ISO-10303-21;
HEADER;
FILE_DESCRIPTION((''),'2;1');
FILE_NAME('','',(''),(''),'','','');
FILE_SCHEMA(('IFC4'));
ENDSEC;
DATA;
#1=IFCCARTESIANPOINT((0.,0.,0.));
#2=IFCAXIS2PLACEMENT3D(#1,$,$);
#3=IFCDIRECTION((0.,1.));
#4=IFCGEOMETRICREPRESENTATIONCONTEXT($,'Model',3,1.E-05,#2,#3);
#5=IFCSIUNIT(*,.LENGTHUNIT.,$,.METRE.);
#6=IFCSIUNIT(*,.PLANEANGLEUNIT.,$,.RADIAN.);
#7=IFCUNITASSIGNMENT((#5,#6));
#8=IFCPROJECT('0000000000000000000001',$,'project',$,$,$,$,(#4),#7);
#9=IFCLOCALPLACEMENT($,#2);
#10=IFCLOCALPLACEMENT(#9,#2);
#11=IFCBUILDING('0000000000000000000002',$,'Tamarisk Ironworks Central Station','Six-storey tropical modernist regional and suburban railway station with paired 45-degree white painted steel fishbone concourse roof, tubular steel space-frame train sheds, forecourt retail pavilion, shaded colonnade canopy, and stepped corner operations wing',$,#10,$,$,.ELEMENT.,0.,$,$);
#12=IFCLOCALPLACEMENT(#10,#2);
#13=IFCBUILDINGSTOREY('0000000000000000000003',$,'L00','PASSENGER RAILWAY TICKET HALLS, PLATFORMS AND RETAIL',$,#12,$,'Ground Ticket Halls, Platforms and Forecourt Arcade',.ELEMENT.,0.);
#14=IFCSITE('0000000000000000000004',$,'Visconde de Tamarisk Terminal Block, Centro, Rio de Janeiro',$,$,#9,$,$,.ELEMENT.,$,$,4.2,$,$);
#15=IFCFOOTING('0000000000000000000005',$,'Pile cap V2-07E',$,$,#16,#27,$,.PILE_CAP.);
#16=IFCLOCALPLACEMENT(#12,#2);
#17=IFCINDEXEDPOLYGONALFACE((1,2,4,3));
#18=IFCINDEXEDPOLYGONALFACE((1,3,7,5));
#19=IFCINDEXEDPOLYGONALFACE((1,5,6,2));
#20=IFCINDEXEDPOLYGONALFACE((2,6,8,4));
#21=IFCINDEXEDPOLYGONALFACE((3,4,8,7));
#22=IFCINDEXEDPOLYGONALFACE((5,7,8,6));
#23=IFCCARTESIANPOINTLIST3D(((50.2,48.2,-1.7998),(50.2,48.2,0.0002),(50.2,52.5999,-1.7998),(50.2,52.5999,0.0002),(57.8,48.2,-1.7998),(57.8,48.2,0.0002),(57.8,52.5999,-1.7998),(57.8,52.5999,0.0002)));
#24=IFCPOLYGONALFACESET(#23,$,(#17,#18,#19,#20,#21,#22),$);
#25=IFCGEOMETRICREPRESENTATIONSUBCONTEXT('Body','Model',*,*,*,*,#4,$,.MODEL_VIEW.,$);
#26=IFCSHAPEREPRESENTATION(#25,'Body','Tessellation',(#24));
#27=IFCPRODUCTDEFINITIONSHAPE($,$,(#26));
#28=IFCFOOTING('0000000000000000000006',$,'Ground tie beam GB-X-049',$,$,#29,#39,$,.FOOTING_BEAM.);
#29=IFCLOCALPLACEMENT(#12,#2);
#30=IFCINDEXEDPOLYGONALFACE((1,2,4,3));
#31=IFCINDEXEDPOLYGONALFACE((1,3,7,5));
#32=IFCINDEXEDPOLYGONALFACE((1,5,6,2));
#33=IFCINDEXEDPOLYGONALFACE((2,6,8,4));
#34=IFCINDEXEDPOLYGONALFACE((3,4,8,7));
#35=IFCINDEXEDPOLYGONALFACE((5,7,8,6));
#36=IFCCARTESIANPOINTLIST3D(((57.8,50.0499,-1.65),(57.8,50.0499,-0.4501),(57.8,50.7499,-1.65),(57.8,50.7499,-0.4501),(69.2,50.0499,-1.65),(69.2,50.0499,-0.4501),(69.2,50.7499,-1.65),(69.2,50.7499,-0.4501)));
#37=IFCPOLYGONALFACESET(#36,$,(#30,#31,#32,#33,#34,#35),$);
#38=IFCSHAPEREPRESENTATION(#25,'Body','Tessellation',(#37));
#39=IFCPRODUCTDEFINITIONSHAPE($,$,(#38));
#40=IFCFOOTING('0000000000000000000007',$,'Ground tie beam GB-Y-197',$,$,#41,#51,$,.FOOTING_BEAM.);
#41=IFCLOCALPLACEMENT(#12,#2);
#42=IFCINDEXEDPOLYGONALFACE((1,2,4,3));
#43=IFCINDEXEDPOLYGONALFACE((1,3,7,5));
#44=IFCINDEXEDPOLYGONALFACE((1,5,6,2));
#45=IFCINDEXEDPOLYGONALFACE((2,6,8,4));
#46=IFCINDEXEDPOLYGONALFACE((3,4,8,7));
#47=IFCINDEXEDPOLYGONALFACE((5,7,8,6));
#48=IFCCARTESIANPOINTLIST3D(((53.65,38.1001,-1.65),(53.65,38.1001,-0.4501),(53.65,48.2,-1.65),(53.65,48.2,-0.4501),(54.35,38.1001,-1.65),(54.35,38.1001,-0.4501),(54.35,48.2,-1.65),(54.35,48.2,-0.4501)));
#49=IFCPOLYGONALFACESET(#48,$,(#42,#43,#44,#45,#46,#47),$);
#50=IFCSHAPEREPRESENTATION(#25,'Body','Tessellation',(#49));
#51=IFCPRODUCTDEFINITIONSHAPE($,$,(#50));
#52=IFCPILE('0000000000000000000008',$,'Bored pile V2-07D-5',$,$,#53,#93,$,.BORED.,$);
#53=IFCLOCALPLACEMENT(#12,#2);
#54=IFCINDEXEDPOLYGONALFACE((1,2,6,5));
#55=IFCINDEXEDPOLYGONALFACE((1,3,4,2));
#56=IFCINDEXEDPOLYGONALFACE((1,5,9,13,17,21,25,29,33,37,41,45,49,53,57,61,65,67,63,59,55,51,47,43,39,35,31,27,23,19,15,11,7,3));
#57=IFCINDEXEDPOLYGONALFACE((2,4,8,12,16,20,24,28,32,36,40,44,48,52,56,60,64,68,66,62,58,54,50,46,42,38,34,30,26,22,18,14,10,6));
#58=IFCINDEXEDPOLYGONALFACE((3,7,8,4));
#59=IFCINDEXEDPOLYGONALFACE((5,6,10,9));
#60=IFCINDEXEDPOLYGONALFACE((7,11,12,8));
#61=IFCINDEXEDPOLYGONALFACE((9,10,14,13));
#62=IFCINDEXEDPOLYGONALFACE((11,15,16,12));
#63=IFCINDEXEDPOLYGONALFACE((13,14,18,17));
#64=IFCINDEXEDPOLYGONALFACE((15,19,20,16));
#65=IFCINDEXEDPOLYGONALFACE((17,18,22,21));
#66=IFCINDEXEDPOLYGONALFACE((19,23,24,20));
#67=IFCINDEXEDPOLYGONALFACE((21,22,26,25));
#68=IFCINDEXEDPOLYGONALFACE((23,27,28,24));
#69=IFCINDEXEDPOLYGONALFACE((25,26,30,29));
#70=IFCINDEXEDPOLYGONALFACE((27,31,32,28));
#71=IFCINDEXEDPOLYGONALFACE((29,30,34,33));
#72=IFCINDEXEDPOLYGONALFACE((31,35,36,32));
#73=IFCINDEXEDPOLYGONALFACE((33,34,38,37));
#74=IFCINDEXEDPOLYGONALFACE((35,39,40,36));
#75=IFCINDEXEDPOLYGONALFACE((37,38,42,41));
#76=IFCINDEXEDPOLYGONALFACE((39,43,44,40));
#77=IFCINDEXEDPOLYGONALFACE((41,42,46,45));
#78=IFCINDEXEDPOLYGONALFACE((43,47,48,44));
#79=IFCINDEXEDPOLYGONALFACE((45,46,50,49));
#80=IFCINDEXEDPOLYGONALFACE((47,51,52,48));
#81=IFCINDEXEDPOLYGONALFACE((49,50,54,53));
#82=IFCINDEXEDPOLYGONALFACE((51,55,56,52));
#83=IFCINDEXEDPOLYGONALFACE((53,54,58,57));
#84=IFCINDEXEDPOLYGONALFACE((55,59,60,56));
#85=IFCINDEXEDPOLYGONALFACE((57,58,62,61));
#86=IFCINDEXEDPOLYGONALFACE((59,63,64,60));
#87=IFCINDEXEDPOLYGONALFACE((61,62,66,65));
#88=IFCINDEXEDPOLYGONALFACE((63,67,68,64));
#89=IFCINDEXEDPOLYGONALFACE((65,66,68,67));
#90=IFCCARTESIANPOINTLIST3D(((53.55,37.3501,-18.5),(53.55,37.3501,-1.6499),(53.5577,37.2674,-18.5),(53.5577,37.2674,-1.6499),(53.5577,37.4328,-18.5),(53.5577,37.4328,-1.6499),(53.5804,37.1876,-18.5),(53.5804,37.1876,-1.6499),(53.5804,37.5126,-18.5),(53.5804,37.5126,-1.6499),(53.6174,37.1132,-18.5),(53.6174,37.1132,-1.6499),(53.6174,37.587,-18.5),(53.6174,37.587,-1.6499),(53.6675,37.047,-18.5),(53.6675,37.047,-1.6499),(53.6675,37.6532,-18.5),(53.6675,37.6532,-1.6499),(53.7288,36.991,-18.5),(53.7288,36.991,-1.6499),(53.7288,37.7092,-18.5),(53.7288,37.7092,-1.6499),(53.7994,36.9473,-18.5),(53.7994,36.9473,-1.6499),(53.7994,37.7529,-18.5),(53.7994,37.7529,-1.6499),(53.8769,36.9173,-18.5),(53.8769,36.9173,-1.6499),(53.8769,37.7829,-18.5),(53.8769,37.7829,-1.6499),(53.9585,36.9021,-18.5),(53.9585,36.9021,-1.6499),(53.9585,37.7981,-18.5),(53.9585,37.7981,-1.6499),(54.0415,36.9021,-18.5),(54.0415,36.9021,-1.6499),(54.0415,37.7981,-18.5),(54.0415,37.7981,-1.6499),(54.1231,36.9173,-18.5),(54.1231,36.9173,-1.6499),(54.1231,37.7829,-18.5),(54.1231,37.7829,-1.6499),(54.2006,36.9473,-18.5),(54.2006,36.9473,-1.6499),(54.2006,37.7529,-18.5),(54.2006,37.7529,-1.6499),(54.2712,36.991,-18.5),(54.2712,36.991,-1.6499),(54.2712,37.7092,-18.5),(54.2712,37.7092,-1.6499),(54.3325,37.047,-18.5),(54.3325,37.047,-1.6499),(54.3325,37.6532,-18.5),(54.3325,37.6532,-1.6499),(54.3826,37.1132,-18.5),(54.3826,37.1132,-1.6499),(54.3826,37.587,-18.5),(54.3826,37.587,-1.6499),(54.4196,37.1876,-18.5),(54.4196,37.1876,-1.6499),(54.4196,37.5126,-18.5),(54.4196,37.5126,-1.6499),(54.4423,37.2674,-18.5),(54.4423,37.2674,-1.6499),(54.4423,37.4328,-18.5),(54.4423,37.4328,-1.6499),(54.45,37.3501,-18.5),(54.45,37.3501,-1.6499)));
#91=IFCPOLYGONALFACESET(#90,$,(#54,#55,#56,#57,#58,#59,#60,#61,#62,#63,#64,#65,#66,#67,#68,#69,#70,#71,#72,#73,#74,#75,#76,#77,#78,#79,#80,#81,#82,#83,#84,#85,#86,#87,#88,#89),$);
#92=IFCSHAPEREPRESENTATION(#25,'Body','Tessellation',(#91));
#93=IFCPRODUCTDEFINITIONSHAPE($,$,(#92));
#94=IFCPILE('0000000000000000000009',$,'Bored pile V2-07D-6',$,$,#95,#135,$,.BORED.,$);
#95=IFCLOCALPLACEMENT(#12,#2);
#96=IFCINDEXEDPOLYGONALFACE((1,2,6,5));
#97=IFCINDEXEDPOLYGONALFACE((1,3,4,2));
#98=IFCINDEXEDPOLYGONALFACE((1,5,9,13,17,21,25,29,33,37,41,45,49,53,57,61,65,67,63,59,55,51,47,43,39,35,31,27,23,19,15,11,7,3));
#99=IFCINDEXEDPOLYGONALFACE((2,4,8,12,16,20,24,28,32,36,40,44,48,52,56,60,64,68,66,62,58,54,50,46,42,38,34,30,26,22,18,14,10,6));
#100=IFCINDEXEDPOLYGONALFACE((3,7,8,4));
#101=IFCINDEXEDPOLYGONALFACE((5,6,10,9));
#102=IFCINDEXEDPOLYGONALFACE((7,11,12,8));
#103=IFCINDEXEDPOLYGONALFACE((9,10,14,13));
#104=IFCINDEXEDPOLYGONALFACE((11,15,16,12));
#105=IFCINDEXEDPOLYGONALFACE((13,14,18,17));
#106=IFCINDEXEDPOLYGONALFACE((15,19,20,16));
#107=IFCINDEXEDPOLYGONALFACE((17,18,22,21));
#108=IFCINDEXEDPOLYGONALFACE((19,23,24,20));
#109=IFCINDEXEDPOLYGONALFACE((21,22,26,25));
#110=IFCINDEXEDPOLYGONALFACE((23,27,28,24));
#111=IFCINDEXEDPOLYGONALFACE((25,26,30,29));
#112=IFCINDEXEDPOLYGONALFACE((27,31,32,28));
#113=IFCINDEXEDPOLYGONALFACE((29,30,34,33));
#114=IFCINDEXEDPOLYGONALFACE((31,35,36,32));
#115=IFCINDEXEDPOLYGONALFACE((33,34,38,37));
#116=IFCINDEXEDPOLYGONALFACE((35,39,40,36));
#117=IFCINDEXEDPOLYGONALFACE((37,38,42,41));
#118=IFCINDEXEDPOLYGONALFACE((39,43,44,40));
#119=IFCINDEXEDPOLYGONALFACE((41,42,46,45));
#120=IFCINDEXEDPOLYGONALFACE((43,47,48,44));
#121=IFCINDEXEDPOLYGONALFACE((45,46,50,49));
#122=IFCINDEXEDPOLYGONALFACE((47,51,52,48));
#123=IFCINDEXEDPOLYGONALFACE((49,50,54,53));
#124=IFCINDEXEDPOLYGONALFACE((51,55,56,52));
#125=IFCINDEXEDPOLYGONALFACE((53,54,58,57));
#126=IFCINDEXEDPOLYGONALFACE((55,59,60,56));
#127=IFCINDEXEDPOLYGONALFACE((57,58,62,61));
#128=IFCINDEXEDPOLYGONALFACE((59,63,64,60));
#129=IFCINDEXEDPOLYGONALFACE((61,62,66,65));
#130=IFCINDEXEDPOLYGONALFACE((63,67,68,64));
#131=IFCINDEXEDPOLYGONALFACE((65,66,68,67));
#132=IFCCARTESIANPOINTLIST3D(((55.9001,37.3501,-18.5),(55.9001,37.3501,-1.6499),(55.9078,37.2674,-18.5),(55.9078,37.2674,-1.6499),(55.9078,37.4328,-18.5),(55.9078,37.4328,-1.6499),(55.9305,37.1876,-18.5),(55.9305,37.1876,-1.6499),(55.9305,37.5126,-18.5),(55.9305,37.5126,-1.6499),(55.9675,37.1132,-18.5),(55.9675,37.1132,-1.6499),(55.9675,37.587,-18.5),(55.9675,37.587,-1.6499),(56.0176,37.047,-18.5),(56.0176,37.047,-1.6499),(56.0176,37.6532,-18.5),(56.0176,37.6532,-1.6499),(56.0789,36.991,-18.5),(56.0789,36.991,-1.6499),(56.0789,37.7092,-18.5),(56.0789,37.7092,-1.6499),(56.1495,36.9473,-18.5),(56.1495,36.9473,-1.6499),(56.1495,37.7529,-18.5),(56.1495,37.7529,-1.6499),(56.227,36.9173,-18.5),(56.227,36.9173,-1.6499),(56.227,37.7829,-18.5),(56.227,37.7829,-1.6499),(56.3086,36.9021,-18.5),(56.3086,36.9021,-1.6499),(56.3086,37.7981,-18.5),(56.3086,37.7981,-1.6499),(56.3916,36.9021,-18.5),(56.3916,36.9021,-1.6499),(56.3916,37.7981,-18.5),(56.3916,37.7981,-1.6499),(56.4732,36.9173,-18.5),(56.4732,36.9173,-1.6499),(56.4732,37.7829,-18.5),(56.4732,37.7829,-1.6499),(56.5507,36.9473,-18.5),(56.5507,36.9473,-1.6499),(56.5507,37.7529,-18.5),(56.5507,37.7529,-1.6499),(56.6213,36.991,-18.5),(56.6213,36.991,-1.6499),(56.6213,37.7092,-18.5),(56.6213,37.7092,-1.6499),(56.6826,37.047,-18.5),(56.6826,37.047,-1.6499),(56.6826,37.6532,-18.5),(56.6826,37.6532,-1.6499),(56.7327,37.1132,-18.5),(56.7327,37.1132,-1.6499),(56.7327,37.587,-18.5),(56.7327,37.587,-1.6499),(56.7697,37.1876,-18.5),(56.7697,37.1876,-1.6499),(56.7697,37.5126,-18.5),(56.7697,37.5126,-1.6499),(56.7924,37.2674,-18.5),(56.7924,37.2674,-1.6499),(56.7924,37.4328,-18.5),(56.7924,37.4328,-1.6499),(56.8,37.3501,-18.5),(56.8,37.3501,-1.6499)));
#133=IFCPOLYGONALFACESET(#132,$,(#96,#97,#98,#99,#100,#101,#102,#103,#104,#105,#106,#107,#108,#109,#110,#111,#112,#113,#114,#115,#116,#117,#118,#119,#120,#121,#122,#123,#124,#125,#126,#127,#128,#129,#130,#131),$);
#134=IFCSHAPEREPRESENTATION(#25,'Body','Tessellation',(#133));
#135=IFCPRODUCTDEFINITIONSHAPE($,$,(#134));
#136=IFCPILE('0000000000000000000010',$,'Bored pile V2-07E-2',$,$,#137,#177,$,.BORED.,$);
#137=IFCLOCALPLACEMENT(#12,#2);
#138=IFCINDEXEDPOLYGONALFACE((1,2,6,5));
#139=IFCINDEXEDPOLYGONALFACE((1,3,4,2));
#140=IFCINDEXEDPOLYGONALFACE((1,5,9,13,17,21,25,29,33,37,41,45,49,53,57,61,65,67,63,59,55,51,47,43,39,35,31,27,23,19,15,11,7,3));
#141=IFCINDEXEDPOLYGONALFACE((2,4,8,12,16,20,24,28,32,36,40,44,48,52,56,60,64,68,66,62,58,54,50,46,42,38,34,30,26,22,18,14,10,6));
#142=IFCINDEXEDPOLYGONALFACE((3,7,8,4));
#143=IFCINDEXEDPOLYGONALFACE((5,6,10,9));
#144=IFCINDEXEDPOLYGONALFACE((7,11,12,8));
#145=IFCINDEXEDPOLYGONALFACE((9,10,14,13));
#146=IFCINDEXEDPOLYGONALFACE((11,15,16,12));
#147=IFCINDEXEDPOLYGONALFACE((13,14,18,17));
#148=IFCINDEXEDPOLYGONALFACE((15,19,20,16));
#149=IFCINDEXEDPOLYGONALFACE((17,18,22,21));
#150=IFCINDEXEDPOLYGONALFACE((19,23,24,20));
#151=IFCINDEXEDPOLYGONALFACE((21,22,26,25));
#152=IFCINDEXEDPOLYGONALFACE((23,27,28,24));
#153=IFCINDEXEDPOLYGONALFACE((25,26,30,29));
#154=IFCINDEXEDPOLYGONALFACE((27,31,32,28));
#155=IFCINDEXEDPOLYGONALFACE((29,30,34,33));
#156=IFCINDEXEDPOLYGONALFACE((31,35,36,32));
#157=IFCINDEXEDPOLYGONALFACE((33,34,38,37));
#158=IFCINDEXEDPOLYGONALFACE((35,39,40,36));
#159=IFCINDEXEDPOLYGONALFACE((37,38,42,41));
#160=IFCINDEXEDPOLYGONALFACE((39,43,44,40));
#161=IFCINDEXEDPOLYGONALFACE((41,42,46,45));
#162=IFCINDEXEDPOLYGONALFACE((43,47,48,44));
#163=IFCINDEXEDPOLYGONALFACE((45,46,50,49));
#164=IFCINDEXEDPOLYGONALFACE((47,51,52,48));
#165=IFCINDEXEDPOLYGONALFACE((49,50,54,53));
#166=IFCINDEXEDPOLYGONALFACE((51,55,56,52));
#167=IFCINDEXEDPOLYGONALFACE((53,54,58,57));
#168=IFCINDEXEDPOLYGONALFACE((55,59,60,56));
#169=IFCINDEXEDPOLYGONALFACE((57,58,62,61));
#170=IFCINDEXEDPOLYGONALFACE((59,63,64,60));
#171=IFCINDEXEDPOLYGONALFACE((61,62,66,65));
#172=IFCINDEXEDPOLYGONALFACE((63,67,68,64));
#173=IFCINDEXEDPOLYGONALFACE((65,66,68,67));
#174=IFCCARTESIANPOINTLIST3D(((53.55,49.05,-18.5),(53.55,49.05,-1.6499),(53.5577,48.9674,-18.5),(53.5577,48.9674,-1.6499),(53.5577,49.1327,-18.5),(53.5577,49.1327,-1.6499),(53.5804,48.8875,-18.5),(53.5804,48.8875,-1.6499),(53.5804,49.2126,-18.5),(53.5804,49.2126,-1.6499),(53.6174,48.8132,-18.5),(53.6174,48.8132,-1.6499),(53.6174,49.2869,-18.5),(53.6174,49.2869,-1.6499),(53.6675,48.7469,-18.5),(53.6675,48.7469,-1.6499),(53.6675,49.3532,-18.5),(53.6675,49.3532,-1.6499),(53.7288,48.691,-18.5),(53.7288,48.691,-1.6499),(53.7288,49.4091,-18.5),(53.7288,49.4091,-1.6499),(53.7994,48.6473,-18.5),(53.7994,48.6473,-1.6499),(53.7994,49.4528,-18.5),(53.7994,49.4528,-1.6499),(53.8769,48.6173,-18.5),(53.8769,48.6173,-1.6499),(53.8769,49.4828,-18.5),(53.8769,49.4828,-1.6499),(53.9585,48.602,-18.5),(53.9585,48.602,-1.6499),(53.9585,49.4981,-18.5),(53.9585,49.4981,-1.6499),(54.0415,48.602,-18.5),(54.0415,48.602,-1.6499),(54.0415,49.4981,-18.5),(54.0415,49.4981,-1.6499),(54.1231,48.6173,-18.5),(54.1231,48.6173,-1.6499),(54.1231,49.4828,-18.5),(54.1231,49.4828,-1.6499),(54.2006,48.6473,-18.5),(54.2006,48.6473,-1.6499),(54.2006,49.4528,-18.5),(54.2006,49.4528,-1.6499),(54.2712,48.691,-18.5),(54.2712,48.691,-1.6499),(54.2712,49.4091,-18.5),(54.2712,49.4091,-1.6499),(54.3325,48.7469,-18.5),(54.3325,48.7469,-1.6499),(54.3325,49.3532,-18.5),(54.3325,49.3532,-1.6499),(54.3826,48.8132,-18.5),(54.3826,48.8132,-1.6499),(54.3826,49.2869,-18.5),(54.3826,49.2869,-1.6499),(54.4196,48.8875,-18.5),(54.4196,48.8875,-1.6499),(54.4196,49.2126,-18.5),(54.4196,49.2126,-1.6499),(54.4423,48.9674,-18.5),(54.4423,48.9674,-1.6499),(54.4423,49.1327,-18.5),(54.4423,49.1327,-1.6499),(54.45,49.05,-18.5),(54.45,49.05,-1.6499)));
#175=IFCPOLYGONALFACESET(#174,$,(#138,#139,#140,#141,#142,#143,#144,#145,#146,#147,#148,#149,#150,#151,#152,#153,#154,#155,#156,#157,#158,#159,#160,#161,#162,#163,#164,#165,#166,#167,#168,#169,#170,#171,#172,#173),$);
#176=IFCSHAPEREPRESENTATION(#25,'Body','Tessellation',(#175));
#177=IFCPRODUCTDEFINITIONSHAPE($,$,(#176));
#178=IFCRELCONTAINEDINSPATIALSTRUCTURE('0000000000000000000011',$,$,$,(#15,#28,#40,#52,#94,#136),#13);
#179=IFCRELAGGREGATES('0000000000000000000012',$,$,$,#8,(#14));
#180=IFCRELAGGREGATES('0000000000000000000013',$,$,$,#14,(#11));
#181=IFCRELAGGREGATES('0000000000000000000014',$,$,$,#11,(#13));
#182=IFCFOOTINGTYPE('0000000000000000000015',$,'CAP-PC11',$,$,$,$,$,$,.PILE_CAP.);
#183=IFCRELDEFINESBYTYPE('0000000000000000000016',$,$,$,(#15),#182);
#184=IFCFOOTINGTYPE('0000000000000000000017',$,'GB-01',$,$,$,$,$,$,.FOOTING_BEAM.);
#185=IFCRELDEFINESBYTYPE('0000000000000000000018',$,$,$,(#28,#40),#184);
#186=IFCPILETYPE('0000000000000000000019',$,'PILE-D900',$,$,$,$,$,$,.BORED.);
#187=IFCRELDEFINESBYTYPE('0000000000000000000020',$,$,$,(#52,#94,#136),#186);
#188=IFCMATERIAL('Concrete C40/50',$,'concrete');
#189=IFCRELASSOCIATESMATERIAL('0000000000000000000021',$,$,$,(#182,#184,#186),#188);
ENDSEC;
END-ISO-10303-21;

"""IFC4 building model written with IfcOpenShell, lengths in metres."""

from ifc_helpers import new_model, si_unit, direction, frame, origin, origin_2d, place, context, subcontext, project, spatial, rectangle, circle, extrude, material, material_profile, profile_set, type_object, element, save


model = new_model("IFC4")

# Units and contexts
model_context = context("Model", 3, precision=1e-05, world=origin(), true_north=direction((0.0, 1.0)))
body_context = subcontext(model_context, "Body", "Model", "MODEL_VIEW")
ifc_project = project(units=[si_unit("LENGTHUNIT", "METRE"), si_unit("PLANEANGLEUNIT", "RADIAN")], contexts=[model_context])

# Site, building, storey
site_placement = place(None, origin())
site = spatial("IfcSite", under=ifc_project, at=site_placement, Name="Visconde de Tamarisk Terminal Block, Centro, Rio de Janeiro", CompositionType="ELEMENT", RefElevation=4.2)
building_placement = place(site_placement, origin())
building = spatial("IfcBuilding", under=site, at=building_placement, Name="Tamarisk Ironworks Central Station", Description="Six-storey tropical modernist regional and suburban railway station with paired 45-degree white painted steel fishbone concourse roof, tubular steel space-frame train sheds, forecourt retail pavilion, shaded colonnade canopy, and stepped corner operations wing", CompositionType="ELEMENT", ElevationOfRefHeight=0.0)
storey_placement = place(building_placement, origin())
storey = spatial("IfcBuildingStorey", under=building, at=storey_placement, Name="L00", Description="PASSENGER RAILWAY TICKET HALLS, PLATFORMS AND RETAIL", LongName="Ground Ticket Halls, Platforms and Forecourt Arcade", CompositionType="ELEMENT", Elevation=0.0)

# Footings
ifc_material_1 = material(Name="Concrete C40/50", Category="concrete")
footing_type_1 = type_object("IfcFootingType", Name="CAP-PC11", PredefinedType="PILE_CAP", material=ifc_material_1)
footing_1_placement = place(storey_placement, frame((54.0, 50.3999, -1.7998), z_axis=(0.0, 0.0, 1.0), x_axis=(1.0, 0.0, 0.0)))
element("IfcFooting", 1, at=footing_1_placement, inside=storey, type_object=footing_type_1, Name="Pile cap V2-07E", PredefinedType="PILE_CAP", context=body_context, shape_type="SweptSolid", body=[
    extrude(rectangle(XDim=7.6001, YDim=4.3999, at=origin_2d()), origin(), (0.0, 0.0, 1.0), 1.8),
])
ifc_material_profile_1 = material_profile(ifc_material_1, rectangle(XDim=0.7, YDim=1.2, at=origin_2d()), Name="GB01 700x1200")
ifc_profile_set_1 = profile_set([ifc_material_profile_1], Name="Concrete C40/50")
footing_type_2 = type_object("IfcFootingType", Name="GB-01", PredefinedType="FOOTING_BEAM", material=ifc_profile_set_1)
footing_2_placement = place(storey_placement, frame((57.8, 50.3999, -1.05), z_axis=(1.0, 0.0, 0.0), x_axis=(0.0, 1.0, 0.0)))
element("IfcFooting", 2, at=footing_2_placement, inside=storey, type_object=footing_type_2, Name="Ground tie beam GB-X-049", PredefinedType="FOOTING_BEAM", context=body_context, shape_type="SweptSolid", body=[
    extrude(rectangle(XDim=0.7, YDim=1.2, at=origin_2d()), origin(), (0.0, 0.0, 1.0), 11.3999),
])
footing_3_placement = place(storey_placement, frame((54.0, 38.1001, -1.05), z_axis=(0.0, 1.0, 0.0), x_axis=(-1.0, 0.0, 0.0)))
element("IfcFooting", 3, at=footing_3_placement, inside=storey, type_object=footing_type_2, Name="Ground tie beam GB-Y-197", PredefinedType="FOOTING_BEAM", context=body_context, shape_type="SweptSolid", body=[
    extrude(rectangle(XDim=0.7, YDim=1.2, at=origin_2d()), origin(), (0.0, 0.0, 1.0), 10.0999),
])

# Piles
ifc_material_profile_2 = material_profile(ifc_material_1, circle(Radius=0.45, at=origin_2d()), Name="BORED PILE D900")
ifc_profile_set_2 = profile_set([ifc_material_profile_2], Name="Concrete C40/50")
pile_type = type_object("IfcPileType", Name="PILE-D900", PredefinedType="BORED", material=ifc_profile_set_2)
for number, where, z_axis, x_axis, name in (
    (4, (54.0, 37.3501, -1.6499), (0.0, 0.0, -1.0), (1.0, 0.0, 0.0), "Bored pile V2-07D-5"),
    (5, (56.3501, 37.3501, -1.6499), (0.0, 0.0, -1.0), (1.0, 0.0, 0.0), "Bored pile V2-07D-6"),
    (6, (54.0, 49.05, -1.6499), (0.0, 0.0, -1.0), (1.0, 0.0, 0.0), "Bored pile V2-07E-2"),
):
    element("IfcPile", number, at=place(storey_placement, frame(where, z_axis=z_axis, x_axis=x_axis)), inside=storey, type_object=pile_type, Name=name, PredefinedType="BORED", context=body_context, shape_type="SweptSolid", body=[
        extrude(circle(Radius=0.45, at=origin_2d()), origin(), (0.0, 0.0, 1.0), 16.8501),
    ])

save(model, "model.ifc")
